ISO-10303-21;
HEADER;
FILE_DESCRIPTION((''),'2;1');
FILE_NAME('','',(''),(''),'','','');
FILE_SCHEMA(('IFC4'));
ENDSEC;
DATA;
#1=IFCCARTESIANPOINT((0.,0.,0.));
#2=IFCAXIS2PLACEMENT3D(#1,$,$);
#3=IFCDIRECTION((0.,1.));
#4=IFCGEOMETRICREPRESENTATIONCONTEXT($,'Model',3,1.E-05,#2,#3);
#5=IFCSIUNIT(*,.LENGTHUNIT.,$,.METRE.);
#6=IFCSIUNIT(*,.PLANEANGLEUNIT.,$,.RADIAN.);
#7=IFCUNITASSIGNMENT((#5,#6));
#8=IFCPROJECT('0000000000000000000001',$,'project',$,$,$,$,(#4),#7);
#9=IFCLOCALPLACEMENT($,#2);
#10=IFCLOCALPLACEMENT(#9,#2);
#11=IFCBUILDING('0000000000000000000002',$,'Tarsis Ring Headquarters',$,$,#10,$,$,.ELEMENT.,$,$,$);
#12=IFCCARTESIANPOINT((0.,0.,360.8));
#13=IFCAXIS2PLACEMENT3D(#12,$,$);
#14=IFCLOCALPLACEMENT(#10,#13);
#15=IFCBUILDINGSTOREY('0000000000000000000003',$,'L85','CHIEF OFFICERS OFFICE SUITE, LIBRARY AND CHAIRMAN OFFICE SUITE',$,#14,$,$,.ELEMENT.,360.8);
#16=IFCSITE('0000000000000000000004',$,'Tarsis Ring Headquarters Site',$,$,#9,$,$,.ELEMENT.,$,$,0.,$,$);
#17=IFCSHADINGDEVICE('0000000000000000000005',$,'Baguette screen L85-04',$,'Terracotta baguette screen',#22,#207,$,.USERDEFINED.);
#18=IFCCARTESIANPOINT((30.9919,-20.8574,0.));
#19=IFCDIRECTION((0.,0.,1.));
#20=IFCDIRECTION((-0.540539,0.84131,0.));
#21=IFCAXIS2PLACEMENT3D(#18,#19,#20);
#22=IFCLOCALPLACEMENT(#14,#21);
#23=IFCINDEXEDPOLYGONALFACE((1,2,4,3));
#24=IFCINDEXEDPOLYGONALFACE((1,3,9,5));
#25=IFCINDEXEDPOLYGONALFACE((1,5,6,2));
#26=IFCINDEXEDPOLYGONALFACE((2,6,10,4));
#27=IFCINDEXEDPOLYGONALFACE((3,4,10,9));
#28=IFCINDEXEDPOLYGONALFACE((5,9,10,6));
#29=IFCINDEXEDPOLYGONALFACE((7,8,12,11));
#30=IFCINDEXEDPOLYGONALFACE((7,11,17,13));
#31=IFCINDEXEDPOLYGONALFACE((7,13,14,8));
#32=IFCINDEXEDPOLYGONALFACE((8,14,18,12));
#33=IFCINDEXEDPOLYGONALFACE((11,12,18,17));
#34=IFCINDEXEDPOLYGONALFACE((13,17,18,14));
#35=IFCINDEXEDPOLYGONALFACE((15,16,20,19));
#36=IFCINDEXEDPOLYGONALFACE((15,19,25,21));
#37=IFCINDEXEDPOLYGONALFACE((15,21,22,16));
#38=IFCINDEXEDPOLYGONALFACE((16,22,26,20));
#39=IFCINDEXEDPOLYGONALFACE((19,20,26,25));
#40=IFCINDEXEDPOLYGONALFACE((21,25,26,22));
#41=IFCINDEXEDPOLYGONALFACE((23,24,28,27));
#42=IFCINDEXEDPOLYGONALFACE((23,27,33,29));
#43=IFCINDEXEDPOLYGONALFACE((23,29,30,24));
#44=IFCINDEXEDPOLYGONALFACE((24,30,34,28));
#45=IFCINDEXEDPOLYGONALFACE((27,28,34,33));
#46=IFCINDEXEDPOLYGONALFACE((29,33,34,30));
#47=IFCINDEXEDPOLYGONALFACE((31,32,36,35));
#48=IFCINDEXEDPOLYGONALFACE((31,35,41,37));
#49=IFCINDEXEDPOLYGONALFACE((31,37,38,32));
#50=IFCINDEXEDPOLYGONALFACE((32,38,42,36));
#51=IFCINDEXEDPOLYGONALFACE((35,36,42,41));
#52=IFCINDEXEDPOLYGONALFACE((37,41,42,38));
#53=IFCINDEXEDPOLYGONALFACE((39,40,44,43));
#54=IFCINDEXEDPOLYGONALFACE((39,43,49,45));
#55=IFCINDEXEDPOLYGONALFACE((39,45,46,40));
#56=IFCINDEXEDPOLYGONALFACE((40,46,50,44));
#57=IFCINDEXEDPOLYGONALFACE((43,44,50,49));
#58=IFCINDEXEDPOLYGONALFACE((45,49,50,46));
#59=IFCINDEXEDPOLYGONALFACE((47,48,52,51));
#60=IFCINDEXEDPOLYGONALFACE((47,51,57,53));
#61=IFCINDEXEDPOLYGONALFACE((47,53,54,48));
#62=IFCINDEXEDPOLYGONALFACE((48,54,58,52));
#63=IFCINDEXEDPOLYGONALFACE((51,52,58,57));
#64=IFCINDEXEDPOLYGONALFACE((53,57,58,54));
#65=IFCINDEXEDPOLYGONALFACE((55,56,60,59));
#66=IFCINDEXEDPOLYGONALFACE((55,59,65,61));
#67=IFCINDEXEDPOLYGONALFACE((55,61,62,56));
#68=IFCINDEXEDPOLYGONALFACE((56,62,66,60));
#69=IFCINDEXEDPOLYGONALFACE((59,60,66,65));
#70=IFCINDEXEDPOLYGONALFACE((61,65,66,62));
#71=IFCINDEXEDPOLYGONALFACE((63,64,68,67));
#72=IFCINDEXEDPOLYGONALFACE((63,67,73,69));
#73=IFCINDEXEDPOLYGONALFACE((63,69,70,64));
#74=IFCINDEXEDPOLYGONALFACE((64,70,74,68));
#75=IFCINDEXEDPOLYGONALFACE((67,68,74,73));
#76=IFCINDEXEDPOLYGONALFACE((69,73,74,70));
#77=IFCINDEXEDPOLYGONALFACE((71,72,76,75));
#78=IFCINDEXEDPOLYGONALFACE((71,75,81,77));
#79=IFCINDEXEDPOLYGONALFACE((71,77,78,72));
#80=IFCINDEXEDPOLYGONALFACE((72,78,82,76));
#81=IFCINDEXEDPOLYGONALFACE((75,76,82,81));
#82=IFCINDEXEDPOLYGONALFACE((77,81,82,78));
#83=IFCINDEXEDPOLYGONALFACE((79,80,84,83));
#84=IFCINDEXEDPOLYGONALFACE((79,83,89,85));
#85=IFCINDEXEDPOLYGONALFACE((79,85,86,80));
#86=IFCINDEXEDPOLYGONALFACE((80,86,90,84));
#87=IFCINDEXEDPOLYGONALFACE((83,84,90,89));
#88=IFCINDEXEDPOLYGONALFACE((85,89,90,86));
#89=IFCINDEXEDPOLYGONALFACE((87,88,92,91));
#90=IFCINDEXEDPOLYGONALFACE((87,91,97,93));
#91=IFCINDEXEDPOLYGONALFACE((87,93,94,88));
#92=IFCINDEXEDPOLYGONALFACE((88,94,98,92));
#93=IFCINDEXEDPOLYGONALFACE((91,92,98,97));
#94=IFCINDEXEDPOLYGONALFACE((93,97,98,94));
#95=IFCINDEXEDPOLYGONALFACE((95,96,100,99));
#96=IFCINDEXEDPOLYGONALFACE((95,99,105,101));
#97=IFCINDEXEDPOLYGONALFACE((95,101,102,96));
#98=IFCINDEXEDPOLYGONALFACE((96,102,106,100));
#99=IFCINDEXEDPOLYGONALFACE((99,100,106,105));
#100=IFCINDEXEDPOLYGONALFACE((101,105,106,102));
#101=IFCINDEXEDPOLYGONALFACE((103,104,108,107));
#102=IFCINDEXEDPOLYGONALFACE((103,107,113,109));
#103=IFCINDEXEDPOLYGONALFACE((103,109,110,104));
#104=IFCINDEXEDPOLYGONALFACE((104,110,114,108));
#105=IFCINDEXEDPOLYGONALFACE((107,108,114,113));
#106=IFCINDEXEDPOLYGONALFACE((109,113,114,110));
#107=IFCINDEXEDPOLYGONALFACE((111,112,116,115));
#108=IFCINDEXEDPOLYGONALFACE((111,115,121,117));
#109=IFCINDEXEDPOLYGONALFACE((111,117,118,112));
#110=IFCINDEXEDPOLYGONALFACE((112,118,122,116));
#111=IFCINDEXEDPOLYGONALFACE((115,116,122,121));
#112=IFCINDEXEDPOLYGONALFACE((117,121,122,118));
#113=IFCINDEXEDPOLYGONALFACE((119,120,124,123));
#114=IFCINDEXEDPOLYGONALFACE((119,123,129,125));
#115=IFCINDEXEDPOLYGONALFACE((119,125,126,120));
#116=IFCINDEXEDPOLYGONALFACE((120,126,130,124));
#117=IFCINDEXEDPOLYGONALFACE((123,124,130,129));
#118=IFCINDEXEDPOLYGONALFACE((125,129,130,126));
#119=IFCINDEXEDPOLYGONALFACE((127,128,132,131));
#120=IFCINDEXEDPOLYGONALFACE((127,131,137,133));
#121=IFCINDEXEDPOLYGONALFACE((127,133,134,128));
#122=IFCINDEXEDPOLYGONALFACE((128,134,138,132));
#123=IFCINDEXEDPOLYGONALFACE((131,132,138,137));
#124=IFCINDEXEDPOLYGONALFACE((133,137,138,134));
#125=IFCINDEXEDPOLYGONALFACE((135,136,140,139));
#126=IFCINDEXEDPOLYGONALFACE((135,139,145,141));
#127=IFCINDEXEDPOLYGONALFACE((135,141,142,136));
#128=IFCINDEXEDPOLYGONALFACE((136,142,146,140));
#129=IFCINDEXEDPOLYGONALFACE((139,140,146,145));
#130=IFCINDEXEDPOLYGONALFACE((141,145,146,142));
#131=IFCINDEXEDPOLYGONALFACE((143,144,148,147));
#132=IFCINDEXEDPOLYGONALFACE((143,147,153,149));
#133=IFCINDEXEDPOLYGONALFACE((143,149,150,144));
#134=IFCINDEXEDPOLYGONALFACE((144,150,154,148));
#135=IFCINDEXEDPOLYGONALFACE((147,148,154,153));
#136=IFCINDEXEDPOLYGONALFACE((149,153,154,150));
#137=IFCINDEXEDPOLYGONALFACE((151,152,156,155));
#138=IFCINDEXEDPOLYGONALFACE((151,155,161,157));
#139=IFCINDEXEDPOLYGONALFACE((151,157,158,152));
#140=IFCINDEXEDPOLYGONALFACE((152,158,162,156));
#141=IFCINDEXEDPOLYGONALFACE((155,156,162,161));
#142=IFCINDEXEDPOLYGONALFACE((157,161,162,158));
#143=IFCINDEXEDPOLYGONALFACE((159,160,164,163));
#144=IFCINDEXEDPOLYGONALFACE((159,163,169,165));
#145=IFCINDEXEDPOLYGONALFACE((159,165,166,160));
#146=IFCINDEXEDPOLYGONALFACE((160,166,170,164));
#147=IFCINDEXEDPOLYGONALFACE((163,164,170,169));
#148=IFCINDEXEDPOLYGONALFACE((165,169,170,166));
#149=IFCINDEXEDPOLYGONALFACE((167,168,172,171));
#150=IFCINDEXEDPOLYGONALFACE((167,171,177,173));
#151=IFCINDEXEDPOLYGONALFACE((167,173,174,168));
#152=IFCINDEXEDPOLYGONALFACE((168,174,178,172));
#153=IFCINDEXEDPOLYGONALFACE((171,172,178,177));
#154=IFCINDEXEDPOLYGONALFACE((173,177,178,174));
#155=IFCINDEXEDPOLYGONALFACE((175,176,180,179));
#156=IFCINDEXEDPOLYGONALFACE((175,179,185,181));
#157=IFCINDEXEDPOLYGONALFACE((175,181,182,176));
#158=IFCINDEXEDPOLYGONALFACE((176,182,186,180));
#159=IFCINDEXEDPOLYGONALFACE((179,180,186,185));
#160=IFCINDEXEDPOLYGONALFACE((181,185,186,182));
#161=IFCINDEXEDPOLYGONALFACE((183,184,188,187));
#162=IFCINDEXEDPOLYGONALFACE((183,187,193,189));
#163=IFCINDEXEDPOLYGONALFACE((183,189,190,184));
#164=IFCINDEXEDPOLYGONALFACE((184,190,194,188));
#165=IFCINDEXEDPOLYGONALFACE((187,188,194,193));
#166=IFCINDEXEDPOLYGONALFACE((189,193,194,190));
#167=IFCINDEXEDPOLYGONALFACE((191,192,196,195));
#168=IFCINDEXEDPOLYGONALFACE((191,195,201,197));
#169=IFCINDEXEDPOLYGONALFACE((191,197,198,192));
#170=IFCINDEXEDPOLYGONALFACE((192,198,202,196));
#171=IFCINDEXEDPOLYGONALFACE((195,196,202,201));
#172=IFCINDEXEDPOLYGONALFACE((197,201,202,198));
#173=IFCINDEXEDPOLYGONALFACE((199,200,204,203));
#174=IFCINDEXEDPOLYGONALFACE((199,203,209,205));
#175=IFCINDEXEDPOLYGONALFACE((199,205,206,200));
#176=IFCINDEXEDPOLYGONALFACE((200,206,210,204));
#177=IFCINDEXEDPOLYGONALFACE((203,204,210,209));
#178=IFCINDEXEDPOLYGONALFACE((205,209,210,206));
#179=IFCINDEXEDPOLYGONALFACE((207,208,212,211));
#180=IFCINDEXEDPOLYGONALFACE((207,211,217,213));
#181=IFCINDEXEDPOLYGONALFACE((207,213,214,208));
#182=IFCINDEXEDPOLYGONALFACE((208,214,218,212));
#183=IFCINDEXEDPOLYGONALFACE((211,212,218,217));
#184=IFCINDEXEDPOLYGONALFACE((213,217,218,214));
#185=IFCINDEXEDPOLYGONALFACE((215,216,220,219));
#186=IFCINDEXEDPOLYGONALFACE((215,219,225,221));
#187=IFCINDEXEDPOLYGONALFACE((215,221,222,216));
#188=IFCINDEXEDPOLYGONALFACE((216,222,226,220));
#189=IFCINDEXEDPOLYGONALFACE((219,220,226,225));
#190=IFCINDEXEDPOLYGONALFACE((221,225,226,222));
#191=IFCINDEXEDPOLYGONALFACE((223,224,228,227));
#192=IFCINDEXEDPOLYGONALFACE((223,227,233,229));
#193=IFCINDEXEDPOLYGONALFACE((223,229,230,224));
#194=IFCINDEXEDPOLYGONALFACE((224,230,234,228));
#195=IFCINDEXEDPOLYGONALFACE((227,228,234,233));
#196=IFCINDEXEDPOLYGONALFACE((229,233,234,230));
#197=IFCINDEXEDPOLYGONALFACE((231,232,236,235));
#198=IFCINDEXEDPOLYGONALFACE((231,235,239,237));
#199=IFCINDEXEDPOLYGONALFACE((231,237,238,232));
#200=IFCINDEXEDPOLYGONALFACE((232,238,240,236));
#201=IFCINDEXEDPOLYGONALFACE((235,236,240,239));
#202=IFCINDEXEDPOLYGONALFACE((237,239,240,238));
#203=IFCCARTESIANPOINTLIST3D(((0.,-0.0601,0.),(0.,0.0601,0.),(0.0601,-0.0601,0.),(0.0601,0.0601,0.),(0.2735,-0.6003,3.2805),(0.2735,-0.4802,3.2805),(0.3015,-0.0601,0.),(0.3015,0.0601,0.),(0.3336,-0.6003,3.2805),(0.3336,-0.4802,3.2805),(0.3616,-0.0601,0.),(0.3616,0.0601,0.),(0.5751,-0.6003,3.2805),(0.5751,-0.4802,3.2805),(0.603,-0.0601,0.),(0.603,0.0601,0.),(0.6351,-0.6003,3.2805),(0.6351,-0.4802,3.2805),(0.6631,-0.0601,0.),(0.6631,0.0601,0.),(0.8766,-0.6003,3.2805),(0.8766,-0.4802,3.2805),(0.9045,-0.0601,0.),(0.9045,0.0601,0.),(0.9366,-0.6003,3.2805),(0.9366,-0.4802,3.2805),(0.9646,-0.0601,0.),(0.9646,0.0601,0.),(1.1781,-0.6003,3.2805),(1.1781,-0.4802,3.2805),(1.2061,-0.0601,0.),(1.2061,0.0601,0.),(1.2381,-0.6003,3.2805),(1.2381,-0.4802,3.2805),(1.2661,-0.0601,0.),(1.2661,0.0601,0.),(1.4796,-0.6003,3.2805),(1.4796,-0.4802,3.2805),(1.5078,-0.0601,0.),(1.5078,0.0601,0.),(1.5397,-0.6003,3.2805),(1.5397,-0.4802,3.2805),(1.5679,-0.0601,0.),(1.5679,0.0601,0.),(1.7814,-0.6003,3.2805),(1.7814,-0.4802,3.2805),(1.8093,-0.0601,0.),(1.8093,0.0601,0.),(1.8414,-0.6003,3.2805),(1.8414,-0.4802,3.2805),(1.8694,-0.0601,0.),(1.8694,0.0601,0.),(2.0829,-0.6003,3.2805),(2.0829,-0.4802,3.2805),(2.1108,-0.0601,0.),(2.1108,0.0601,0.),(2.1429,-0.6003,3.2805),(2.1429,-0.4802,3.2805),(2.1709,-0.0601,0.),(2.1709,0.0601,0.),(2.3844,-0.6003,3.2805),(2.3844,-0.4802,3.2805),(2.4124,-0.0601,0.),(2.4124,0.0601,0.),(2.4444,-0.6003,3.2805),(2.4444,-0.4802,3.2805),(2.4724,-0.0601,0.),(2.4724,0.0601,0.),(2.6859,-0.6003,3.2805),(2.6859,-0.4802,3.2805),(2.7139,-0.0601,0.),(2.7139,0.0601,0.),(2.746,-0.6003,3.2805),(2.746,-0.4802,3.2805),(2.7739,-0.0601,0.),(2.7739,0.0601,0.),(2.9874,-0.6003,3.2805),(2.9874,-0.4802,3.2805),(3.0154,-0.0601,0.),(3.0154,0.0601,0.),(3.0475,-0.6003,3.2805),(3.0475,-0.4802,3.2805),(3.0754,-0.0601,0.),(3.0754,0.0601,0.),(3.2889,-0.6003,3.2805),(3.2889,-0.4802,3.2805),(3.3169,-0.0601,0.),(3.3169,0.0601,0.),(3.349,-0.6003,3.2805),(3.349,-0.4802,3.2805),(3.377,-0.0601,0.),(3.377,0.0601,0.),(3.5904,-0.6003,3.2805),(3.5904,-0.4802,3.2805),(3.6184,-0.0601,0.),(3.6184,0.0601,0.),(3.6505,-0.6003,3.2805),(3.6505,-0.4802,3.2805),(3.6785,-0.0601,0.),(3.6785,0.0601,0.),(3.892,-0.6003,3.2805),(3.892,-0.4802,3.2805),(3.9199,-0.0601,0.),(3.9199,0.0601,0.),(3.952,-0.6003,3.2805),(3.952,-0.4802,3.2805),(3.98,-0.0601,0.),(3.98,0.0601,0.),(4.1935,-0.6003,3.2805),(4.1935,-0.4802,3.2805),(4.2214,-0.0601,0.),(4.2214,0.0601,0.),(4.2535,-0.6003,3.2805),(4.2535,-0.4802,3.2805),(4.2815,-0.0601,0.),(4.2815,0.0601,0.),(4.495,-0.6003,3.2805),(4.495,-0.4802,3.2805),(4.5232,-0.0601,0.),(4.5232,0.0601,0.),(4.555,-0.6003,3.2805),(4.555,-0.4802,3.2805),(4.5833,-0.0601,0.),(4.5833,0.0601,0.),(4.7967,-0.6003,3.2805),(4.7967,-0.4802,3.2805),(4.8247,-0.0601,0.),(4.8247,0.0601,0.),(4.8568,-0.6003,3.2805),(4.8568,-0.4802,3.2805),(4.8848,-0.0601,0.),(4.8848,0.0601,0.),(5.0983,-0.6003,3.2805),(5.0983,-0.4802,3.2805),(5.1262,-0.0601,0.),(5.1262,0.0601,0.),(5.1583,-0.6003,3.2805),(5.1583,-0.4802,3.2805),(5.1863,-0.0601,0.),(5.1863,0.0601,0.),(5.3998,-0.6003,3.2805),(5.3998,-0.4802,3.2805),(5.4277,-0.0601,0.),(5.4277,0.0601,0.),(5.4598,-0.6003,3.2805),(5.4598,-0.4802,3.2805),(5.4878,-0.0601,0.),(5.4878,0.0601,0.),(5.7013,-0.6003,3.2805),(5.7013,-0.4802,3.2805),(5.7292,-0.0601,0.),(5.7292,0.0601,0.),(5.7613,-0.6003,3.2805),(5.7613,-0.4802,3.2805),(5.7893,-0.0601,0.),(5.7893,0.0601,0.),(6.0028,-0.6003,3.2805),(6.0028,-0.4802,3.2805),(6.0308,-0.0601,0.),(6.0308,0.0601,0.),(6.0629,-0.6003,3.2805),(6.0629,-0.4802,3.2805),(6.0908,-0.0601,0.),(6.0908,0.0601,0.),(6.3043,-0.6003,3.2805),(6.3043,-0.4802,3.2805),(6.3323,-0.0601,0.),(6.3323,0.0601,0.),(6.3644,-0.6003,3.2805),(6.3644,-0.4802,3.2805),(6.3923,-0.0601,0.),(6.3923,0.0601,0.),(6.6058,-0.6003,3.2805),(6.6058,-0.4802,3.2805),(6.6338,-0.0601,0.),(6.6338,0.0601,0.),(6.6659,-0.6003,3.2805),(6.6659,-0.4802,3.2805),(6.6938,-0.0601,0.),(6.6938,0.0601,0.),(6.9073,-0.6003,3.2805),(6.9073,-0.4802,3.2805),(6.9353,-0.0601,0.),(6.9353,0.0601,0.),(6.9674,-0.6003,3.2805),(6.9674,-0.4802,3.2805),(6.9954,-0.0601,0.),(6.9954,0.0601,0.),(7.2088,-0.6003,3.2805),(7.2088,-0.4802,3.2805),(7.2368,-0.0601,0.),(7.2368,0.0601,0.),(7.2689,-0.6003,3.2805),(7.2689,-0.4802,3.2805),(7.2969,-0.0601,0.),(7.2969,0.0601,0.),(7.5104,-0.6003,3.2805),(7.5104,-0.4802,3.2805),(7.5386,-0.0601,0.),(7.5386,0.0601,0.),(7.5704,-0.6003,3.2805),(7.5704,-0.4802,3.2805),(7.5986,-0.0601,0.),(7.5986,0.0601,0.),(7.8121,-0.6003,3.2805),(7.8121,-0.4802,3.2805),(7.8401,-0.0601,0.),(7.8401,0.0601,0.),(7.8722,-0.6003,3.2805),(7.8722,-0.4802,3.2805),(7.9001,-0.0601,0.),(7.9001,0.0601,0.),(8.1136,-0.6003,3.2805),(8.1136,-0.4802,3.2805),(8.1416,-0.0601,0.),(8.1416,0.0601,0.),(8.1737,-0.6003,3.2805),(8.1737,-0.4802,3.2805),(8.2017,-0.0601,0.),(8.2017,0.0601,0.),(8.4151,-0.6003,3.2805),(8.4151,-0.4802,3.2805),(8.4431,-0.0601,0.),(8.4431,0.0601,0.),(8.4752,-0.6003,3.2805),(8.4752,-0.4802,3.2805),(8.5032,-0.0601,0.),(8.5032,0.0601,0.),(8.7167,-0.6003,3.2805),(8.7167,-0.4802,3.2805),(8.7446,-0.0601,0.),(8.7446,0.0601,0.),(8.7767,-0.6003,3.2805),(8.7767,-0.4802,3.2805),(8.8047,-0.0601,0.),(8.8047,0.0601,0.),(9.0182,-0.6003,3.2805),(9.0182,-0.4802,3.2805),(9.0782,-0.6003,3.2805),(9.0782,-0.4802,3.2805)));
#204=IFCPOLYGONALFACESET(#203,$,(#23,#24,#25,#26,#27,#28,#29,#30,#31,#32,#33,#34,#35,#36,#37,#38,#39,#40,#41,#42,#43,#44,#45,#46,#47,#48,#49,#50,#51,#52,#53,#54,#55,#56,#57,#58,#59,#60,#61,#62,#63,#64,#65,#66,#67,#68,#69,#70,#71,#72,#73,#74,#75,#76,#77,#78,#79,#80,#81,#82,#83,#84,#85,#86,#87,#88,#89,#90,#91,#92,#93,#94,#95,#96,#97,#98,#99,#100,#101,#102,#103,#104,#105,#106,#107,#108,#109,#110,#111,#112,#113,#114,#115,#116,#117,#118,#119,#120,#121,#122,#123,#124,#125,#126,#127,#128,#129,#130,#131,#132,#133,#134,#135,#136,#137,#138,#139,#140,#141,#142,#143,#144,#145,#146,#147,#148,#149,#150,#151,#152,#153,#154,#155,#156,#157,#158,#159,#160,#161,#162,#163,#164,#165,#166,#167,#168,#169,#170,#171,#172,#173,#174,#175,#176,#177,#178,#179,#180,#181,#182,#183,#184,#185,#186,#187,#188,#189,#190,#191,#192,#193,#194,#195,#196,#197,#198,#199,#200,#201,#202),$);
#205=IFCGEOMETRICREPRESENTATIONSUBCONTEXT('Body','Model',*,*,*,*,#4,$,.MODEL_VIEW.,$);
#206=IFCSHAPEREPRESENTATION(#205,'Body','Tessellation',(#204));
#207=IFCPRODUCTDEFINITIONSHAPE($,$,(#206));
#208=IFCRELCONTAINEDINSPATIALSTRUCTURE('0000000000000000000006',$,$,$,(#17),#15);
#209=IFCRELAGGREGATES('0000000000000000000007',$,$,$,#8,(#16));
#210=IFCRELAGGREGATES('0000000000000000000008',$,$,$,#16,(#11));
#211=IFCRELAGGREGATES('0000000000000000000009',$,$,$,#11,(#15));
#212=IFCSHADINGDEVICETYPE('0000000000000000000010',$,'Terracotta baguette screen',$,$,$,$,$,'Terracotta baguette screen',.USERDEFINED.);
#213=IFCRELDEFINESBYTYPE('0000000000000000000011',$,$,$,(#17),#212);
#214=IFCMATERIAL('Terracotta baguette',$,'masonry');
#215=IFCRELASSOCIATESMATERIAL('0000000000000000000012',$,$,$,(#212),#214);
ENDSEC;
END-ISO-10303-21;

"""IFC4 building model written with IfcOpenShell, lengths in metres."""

from ifc_helpers import new_model, si_unit, direction, frame, frame_2d, origin, place, context, subcontext, project, spatial, rectangle, composite_profile, extrude, material, type_object, element, save


model = new_model("IFC4")

# Units and contexts
model_context = context("Model", 3, precision=1e-05, world=origin(), true_north=direction((0.0, 1.0)))
body_context = subcontext(model_context, "Body", "Model", "MODEL_VIEW")
ifc_project = project(units=[si_unit("LENGTHUNIT", "METRE"), si_unit("PLANEANGLEUNIT", "RADIAN")], contexts=[model_context])

# Site, building, storey
site_placement = place(None, origin())
site = spatial("IfcSite", under=ifc_project, at=site_placement, Name="Tarsis Ring Headquarters Site", CompositionType="ELEMENT", RefElevation=0.0)
building_placement = place(site_placement, origin())
building = spatial("IfcBuilding", under=site, at=building_placement, Name="Tarsis Ring Headquarters", CompositionType="ELEMENT")
storey_placement = place(building_placement, frame((0.0, 0.0, 360.8)))
storey = spatial("IfcBuildingStorey", under=building, at=storey_placement, Name="L85", Description="CHIEF OFFICERS OFFICE SUITE, LIBRARY AND CHAIRMAN OFFICE SUITE", CompositionType="ELEMENT", Elevation=360.8)

# Shading device
ifc_material_1 = material(Name="Terracotta baguette", Category="masonry")
shading_device_type_1 = type_object("IfcShadingDeviceType", Name="Terracotta baguette screen", ElementType="Terracotta baguette screen", PredefinedType="USERDEFINED", material=ifc_material_1)
shading_device_placement = place(storey_placement, frame((30.9919, -20.8574, 0.0), z_axis=(0.0, 0.0, 1.0), x_axis=(-0.540539, 0.84131, 0.0)))
element("IfcShadingDevice", 1, at=shading_device_placement, inside=storey, type_object=shading_device_type_1, Name="Baguette screen L85-04", ObjectType="Terracotta baguette screen", PredefinedType="USERDEFINED", context=body_context, shape_type="SweptSolid", body=[
    extrude(composite_profile([rectangle(XDim=0.0601, YDim=0.1201, at=frame_2d((0.03, 0.0))), rectangle(XDim=0.0601, YDim=0.1201, at=frame_2d((0.3315, 0.0))), rectangle(XDim=0.0601, YDim=0.1201, at=frame_2d((0.6331, 0.0))), rectangle(XDim=0.0601, YDim=0.1201, at=frame_2d((0.9346, 0.0))), rectangle(XDim=0.0601, YDim=0.1201, at=frame_2d((1.2361, 0.0))), rectangle(XDim=0.0601, YDim=0.1201, at=frame_2d((1.5378, 0.0))), rectangle(XDim=0.0601, YDim=0.1201, at=frame_2d((1.8394, 0.0))), rectangle(XDim=0.0601, YDim=0.1201, at=frame_2d((2.1409, 0.0))), rectangle(XDim=0.0601, YDim=0.1201, at=frame_2d((2.4424, 0.0))), rectangle(XDim=0.0601, YDim=0.1201, at=frame_2d((2.7439, 0.0))), rectangle(XDim=0.0601, YDim=0.1201, at=frame_2d((3.0454, 0.0))), rectangle(XDim=0.0601, YDim=0.1201, at=frame_2d((3.3469, 0.0))), rectangle(XDim=0.0601, YDim=0.1201, at=frame_2d((3.6484, 0.0))), rectangle(XDim=0.0601, YDim=0.1201, at=frame_2d((3.95, 0.0))), rectangle(XDim=0.0601, YDim=0.1201, at=frame_2d((4.2515, 0.0))), rectangle(XDim=0.0601, YDim=0.1201, at=frame_2d((4.5532, 0.0))), rectangle(XDim=0.0601, YDim=0.1201, at=frame_2d((4.8547, 0.0))), rectangle(XDim=0.0601, YDim=0.1201, at=frame_2d((5.1562, 0.0))), rectangle(XDim=0.0601, YDim=0.1201, at=frame_2d((5.4578, 0.0))), rectangle(XDim=0.0601, YDim=0.1201, at=frame_2d((5.7593, 0.0))), rectangle(XDim=0.0601, YDim=0.1201, at=frame_2d((6.0608, 0.0))), rectangle(XDim=0.0601, YDim=0.1201, at=frame_2d((6.3623, 0.0))), rectangle(XDim=0.0601, YDim=0.1201, at=frame_2d((6.6638, 0.0))), rectangle(XDim=0.0601, YDim=0.1201, at=frame_2d((6.9653, 0.0))), rectangle(XDim=0.0601, YDim=0.1201, at=frame_2d((7.2668, 0.0))), rectangle(XDim=0.0601, YDim=0.1201, at=frame_2d((7.5686, 0.0))), rectangle(XDim=0.0601, YDim=0.1201, at=frame_2d((7.8701, 0.0))), rectangle(XDim=0.0601, YDim=0.1201, at=frame_2d((8.1716, 0.0))), rectangle(XDim=0.0601, YDim=0.1201, at=frame_2d((8.4731, 0.0))), rectangle(XDim=0.0601, YDim=0.1201, at=frame_2d((8.7747, 0.0)))]), origin(), (0.081999, -0.161939, 0.983388), 3.3359),
])

save(model, "model.ifc")
